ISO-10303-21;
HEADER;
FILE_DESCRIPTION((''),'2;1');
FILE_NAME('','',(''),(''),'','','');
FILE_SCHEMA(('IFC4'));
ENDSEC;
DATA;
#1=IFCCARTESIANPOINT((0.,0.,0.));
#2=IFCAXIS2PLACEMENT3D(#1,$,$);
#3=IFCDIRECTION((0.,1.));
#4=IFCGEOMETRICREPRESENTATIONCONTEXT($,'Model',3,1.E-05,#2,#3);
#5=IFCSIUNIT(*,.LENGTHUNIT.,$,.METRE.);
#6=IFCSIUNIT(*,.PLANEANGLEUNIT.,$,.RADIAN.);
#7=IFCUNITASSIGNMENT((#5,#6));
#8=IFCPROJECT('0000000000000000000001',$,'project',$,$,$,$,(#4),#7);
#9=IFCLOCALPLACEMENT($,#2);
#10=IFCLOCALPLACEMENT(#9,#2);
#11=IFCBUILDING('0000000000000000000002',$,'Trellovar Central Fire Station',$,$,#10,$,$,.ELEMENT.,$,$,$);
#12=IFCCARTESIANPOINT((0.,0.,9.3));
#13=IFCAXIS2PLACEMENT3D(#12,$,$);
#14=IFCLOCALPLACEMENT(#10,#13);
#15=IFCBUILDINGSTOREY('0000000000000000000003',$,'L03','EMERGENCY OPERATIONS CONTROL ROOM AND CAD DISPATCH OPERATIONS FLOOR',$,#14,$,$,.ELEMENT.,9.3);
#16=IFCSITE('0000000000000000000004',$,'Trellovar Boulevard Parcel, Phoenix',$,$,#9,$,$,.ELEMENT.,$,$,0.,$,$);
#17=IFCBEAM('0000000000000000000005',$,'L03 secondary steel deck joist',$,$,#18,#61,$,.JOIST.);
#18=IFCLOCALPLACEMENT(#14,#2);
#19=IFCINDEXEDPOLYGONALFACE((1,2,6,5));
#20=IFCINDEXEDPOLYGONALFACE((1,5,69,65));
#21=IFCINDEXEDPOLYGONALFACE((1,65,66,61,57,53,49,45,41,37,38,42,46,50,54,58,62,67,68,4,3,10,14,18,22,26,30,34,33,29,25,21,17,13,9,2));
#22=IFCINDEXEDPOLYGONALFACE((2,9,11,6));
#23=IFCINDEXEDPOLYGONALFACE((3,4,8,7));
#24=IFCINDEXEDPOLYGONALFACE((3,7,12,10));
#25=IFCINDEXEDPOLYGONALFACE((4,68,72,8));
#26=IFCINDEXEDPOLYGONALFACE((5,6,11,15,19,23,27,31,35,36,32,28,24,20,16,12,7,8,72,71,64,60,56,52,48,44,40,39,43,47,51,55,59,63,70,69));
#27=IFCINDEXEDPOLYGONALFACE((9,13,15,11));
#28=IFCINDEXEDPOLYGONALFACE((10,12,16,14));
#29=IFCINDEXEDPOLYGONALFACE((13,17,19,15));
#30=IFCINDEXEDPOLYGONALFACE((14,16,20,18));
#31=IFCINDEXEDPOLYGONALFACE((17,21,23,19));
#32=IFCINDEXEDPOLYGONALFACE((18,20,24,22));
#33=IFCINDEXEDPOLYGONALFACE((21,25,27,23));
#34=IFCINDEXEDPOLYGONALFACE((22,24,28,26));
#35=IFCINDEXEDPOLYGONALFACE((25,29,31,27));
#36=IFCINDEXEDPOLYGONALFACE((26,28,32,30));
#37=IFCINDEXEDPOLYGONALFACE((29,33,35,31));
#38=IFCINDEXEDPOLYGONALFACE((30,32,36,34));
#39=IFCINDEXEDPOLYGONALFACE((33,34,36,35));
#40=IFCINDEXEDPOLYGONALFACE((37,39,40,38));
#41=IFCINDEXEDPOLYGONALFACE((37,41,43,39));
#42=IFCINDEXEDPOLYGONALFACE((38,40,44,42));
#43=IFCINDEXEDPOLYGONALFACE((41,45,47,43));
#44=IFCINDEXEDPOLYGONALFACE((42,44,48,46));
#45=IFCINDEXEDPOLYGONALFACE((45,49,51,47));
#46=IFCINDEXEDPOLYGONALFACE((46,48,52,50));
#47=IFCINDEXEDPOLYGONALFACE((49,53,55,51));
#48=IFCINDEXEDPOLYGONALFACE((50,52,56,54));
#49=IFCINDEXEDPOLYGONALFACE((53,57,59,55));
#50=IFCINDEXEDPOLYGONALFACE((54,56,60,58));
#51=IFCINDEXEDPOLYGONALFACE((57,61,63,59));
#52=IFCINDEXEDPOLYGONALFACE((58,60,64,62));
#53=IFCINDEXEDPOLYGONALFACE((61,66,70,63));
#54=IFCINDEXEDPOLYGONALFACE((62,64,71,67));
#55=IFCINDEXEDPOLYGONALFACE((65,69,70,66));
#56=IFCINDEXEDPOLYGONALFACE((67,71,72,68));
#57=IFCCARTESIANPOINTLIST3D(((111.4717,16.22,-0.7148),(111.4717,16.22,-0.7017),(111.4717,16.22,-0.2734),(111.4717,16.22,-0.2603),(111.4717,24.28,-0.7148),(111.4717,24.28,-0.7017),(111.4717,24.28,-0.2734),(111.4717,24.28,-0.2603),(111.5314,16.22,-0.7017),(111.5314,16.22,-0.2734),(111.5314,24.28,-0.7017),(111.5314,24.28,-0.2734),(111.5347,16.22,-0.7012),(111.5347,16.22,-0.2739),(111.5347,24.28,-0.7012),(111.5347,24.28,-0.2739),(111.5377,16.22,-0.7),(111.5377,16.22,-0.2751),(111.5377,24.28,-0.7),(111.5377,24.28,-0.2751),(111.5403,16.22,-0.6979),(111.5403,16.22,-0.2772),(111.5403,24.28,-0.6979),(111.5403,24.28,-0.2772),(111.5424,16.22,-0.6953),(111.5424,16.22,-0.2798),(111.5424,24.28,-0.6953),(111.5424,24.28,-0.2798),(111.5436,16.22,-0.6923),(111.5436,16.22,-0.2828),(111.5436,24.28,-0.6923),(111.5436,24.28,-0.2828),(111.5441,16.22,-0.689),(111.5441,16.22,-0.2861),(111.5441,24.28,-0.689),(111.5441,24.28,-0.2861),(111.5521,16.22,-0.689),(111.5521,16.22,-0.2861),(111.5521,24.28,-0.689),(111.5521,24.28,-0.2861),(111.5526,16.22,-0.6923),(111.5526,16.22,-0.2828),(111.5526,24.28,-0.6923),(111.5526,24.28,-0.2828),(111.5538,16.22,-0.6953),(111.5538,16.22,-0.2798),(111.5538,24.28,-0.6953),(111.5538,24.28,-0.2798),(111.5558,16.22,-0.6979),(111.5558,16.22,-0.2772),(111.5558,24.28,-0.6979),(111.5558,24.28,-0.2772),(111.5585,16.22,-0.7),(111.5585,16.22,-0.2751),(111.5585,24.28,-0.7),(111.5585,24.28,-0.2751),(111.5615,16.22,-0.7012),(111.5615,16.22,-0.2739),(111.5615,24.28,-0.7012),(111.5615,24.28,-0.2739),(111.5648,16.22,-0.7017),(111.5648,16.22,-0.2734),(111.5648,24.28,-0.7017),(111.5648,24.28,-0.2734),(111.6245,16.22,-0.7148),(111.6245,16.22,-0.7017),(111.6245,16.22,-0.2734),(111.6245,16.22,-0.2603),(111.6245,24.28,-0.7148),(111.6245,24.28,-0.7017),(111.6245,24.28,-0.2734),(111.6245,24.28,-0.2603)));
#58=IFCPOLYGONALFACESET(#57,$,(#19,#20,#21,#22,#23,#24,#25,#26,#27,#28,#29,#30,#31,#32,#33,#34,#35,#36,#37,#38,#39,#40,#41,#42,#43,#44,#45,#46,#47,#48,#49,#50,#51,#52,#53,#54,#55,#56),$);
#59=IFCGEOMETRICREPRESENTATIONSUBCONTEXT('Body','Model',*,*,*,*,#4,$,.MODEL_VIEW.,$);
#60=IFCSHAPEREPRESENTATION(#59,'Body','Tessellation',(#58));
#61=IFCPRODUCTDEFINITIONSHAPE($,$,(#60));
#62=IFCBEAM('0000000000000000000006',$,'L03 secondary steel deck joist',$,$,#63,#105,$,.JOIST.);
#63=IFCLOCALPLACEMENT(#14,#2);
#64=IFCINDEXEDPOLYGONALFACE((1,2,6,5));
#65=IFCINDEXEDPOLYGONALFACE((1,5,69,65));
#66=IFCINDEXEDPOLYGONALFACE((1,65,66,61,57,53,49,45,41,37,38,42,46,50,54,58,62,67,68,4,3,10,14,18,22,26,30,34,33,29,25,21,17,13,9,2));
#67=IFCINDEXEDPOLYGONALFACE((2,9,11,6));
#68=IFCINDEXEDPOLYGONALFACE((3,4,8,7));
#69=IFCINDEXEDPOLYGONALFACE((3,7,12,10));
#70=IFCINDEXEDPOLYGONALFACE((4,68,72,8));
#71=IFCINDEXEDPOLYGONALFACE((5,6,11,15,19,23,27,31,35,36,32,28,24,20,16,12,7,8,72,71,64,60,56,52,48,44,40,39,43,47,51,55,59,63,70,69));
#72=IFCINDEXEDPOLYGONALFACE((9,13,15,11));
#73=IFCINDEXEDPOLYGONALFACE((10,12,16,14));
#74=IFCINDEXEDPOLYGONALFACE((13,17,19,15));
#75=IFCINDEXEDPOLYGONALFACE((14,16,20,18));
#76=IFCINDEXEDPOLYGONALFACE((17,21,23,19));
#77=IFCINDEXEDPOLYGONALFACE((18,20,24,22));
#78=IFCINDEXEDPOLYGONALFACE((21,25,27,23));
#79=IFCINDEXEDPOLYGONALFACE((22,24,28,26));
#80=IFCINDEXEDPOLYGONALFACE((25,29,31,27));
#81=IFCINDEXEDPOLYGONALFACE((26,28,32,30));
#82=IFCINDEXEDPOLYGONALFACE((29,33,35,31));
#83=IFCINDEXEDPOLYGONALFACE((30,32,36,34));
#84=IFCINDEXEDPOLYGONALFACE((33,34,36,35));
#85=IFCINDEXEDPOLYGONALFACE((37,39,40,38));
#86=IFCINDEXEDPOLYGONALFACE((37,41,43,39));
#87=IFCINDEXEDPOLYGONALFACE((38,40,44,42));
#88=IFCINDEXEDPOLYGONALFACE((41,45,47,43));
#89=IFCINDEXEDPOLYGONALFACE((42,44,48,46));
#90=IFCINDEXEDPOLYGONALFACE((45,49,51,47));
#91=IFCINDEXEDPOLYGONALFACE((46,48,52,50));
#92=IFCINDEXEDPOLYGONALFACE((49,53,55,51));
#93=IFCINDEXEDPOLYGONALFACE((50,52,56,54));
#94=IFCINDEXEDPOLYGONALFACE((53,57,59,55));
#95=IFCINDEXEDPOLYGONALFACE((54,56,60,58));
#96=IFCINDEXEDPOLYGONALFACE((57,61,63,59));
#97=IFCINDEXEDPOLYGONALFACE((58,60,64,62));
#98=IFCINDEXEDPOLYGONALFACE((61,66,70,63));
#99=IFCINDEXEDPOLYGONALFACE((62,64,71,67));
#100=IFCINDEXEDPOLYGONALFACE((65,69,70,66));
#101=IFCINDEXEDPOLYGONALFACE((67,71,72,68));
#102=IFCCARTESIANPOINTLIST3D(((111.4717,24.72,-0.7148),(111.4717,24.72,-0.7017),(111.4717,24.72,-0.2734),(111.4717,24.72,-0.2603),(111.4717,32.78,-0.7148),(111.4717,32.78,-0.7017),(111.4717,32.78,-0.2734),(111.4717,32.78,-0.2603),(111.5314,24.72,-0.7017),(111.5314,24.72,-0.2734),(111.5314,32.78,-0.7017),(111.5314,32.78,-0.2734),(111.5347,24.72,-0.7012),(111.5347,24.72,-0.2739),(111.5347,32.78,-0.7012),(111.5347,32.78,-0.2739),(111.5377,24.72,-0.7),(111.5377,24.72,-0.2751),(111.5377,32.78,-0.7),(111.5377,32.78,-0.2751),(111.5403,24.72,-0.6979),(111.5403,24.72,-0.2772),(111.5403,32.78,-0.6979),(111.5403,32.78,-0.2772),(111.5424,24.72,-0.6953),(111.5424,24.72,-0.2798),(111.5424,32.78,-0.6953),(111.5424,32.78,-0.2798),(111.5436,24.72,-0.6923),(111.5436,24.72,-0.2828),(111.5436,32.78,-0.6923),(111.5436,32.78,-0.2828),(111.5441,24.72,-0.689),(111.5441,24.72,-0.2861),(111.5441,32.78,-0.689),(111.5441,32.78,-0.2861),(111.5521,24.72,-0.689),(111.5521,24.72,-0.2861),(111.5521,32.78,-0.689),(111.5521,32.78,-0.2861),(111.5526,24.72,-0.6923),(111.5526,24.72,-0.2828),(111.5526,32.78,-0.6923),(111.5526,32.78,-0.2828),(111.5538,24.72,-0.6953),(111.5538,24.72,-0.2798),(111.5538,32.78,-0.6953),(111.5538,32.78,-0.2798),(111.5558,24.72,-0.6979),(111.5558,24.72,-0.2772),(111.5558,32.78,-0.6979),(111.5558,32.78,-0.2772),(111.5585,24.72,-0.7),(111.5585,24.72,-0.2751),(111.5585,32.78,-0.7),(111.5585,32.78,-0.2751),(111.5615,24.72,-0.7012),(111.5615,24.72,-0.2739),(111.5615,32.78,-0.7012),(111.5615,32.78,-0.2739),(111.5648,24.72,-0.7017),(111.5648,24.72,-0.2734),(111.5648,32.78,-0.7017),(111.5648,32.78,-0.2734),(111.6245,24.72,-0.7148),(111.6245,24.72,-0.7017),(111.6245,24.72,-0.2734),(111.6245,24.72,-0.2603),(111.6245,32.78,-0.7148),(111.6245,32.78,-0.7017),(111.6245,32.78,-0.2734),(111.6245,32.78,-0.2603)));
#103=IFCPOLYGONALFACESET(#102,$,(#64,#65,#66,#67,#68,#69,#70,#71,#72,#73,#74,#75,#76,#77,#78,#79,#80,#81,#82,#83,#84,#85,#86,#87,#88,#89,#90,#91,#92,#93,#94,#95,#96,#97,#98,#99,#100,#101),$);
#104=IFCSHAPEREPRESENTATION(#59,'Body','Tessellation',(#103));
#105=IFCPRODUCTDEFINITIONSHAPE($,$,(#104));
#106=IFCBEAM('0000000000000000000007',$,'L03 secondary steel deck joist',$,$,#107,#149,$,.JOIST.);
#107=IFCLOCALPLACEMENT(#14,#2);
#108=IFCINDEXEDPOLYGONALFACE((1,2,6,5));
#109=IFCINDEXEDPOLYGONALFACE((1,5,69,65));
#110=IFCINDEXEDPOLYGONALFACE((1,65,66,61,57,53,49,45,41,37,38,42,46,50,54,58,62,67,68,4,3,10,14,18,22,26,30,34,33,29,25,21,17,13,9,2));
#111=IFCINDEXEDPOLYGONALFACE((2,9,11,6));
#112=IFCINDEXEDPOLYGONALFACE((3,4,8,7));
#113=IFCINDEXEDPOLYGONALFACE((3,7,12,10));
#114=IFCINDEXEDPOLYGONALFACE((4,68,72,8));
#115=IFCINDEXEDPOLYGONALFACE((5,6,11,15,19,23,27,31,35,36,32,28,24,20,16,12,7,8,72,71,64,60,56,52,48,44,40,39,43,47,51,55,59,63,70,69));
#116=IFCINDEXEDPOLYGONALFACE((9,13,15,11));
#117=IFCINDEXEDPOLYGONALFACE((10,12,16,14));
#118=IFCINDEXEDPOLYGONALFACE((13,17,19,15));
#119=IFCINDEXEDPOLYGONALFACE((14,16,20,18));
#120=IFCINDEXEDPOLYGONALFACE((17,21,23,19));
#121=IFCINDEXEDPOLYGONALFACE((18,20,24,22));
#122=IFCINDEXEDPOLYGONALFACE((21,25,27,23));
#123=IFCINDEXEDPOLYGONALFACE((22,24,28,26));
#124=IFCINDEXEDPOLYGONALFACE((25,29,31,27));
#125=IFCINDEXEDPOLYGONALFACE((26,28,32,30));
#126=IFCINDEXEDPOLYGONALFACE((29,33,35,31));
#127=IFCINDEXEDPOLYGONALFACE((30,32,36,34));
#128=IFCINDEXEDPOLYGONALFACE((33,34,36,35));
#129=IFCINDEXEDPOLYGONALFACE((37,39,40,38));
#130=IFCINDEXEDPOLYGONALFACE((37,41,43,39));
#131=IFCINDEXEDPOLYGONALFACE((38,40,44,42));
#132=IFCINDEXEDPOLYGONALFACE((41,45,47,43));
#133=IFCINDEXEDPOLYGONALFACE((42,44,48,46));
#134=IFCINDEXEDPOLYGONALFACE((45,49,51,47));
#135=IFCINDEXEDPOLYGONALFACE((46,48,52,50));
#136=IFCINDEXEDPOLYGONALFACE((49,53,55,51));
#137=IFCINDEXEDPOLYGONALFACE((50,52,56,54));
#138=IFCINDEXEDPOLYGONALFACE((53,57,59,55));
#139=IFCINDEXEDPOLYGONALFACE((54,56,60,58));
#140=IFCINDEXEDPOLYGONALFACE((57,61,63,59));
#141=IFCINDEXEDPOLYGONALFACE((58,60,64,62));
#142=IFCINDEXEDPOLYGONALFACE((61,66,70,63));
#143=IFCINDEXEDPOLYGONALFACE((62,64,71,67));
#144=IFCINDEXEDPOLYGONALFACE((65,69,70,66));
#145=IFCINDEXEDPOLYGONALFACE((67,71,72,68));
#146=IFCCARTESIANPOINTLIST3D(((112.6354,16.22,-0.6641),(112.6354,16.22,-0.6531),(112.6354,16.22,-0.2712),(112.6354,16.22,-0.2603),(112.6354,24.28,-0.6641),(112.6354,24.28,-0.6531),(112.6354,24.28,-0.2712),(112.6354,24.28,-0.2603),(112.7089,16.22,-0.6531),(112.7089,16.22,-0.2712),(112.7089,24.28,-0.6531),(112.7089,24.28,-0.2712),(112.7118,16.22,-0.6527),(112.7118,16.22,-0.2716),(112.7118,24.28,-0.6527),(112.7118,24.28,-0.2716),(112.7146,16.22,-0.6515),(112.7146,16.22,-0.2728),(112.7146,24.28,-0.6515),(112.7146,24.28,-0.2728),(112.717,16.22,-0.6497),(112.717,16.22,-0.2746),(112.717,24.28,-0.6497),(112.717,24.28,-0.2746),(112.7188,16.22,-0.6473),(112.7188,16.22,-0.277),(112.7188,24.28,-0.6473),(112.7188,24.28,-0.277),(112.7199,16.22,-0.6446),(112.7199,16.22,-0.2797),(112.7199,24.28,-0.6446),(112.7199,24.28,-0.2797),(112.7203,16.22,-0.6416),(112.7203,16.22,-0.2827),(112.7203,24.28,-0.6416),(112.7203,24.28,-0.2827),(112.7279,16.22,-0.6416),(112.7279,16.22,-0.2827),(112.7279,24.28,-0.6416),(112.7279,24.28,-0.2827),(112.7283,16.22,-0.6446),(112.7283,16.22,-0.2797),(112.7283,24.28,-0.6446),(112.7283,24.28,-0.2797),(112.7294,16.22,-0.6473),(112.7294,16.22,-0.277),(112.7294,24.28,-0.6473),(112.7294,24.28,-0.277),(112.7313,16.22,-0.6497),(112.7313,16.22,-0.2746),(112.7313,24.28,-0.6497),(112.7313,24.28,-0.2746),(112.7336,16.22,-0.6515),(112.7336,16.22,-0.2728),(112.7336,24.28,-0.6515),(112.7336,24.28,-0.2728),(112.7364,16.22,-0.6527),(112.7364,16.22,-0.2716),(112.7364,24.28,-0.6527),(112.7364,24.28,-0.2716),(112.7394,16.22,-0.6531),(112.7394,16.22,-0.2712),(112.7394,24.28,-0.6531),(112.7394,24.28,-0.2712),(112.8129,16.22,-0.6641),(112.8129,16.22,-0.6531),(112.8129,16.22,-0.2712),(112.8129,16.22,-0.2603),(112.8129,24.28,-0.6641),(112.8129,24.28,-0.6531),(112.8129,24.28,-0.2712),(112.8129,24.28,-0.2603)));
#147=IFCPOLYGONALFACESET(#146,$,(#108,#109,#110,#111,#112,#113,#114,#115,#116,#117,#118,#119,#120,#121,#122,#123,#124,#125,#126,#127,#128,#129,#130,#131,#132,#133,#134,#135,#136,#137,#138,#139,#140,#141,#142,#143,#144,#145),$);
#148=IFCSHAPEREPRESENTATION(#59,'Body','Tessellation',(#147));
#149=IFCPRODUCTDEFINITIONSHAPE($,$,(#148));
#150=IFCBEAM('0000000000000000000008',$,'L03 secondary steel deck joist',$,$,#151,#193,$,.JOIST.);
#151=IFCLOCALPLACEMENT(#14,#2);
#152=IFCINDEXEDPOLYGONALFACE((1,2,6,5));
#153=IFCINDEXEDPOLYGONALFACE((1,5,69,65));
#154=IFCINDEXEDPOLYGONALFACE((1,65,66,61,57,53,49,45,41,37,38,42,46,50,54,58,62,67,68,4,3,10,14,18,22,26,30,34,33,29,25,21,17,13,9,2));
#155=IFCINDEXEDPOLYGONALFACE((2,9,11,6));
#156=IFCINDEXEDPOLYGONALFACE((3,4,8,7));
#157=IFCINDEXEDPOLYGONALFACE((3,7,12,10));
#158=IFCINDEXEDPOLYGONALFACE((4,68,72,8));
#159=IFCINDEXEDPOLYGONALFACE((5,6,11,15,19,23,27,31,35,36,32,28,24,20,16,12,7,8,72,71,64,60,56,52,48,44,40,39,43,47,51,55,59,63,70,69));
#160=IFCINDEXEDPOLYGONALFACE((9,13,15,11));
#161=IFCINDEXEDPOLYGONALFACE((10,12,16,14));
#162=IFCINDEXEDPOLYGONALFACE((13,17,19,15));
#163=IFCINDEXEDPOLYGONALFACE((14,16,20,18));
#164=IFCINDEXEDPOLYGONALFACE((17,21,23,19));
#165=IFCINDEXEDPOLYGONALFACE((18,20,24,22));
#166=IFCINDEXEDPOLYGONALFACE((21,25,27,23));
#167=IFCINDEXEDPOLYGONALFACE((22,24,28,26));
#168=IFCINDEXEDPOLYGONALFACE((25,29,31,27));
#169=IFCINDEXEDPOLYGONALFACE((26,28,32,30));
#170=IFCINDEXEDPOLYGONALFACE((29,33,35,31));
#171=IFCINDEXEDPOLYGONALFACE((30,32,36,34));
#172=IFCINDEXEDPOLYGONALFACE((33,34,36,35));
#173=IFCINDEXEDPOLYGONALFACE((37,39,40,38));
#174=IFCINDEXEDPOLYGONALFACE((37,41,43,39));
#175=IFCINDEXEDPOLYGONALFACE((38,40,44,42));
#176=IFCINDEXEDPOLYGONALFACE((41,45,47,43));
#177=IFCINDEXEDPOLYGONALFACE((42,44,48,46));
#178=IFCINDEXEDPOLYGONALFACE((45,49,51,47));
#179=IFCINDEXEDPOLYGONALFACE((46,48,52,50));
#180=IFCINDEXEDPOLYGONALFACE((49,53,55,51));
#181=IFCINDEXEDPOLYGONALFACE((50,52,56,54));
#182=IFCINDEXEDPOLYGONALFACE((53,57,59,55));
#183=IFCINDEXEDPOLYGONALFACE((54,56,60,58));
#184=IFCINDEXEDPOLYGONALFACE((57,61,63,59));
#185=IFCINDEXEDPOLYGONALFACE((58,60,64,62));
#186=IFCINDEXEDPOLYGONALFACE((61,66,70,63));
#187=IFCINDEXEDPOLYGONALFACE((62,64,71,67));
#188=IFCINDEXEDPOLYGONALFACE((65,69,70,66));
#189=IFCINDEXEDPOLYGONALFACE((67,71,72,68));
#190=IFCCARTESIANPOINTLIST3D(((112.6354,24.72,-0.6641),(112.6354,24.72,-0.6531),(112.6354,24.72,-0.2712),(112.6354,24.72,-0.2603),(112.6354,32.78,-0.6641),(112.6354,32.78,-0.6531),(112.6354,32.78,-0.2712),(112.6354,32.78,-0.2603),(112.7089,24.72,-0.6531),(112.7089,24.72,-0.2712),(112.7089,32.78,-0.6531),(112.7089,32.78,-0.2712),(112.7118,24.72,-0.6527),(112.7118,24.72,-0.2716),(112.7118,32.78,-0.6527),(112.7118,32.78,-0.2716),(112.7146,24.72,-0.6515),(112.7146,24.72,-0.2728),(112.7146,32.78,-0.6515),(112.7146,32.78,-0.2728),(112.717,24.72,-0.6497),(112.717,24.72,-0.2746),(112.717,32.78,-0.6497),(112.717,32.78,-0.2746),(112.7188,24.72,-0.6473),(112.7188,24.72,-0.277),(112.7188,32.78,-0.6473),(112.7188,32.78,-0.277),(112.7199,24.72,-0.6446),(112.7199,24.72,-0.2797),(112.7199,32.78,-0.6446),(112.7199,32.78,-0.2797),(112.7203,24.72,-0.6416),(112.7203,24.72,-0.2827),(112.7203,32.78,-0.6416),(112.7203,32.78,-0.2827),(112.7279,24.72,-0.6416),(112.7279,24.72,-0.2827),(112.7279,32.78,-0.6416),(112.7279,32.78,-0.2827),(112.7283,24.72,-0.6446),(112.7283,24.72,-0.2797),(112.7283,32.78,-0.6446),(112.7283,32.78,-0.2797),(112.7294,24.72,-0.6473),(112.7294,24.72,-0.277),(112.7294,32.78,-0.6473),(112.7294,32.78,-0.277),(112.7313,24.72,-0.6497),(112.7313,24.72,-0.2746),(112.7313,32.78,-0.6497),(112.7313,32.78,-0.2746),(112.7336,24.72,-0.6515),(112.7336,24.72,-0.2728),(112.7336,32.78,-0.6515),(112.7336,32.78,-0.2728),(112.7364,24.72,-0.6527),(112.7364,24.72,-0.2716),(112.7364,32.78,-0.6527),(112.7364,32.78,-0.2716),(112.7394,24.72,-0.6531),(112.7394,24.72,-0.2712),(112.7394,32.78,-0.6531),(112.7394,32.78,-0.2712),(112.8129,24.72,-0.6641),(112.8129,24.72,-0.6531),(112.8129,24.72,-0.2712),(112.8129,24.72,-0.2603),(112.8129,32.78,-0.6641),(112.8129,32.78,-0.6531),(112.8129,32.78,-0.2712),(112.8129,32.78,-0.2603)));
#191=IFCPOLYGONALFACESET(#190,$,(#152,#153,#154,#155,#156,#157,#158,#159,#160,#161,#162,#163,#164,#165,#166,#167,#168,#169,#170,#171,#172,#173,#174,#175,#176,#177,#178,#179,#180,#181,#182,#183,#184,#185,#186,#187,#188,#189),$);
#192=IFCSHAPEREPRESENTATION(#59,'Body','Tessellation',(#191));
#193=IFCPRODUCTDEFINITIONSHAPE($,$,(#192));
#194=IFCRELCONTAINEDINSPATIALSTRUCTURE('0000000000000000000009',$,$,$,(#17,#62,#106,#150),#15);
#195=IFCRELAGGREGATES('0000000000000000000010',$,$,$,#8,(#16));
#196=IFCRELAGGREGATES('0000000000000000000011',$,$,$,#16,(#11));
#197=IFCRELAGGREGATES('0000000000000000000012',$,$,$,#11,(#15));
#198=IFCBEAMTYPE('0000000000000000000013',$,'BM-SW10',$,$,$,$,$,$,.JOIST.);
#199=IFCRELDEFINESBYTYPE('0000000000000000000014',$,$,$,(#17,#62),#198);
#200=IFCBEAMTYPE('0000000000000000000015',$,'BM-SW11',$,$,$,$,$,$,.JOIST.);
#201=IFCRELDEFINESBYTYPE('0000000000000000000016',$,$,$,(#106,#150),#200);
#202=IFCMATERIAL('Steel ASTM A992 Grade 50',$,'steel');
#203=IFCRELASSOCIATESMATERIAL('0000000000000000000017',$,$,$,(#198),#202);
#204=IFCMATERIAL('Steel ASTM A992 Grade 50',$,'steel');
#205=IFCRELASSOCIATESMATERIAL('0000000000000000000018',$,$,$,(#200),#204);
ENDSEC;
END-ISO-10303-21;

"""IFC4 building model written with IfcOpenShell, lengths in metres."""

from ifc_helpers import new_model, si_unit, direction, frame, origin, origin_2d, place, context, subcontext, project, spatial, i_section, extrude, material, material_profile, profile_set, type_object, element, save


model = new_model("IFC4")

# Units and contexts
model_context = context("Model", 3, precision=1e-05, world=origin(), true_north=direction((0.0, 1.0)))
body_context = subcontext(model_context, "Body", "Model", "MODEL_VIEW")
ifc_project = project(units=[si_unit("LENGTHUNIT", "METRE"), si_unit("PLANEANGLEUNIT", "RADIAN")], contexts=[model_context])

# Site, building, storey
site_placement = place(None, origin())
site = spatial("IfcSite", under=ifc_project, at=site_placement, Name="Trellovar Boulevard Parcel, Phoenix", CompositionType="ELEMENT", RefElevation=0.0)
building_placement = place(site_placement, origin())
building = spatial("IfcBuilding", under=site, at=building_placement, Name="Trellovar Central Fire Station", CompositionType="ELEMENT")
storey_placement = place(building_placement, frame((0.0, 0.0, 9.3)))
storey = spatial("IfcBuildingStorey", under=building, at=storey_placement, Name="L03", Description="EMERGENCY OPERATIONS CONTROL ROOM AND CAD DISPATCH OPERATIONS FLOOR", CompositionType="ELEMENT", Elevation=9.3)

# Beams
ifc_material_1 = material(Name="Steel ASTM A992 Grade 50", Category="steel")
ifc_material_profile_1 = material_profile(ifc_material_1, i_section(OverallWidth=0.1528, OverallDepth=0.4546, WebThickness=0.0081, FlangeThickness=0.0132, FilletRadius=0.0127, at=origin_2d()), Name="W18X40")
ifc_profile_set_1 = profile_set([ifc_material_profile_1], Name="Steel ASTM A992 Grade 50")
beam_type_1 = type_object("IfcBeamType", Name="BM-SW10", PredefinedType="JOIST", material=ifc_profile_set_1)
for number, where, z_axis, x_axis, name in (
    (1, (111.5481, 16.22, -0.4875), (0.0, 1.0, 0.0), (-1.0, 0.0, 0.0), "L03 secondary steel deck joist"),
    (2, (111.5481, 24.72, -0.4875), (0.0, 1.0, 0.0), (-1.0, 0.0, 0.0), "L03 secondary steel deck joist"),
):
    element("IfcBeam", number, at=place(storey_placement, frame(where, z_axis=z_axis, x_axis=x_axis)), inside=storey, type_object=beam_type_1, Name=name, PredefinedType="JOIST", context=body_context, shape_type="SweptSolid", body=[
        extrude(i_section(OverallWidth=0.1528, OverallDepth=0.4546, WebThickness=0.0081, FlangeThickness=0.0132, FilletRadius=0.0127, at=origin_2d()), origin(), (0.0, 0.0, 1.0), 8.0601),
    ])
ifc_material_2 = material(Name="Steel ASTM A992 Grade 50", Category="steel")
ifc_material_profile_2 = material_profile(ifc_material_2, i_section(OverallWidth=0.1775, OverallDepth=0.4038, WebThickness=0.0076, FlangeThickness=0.011, FilletRadius=0.0115, at=origin_2d()), Name="W16X36")
ifc_profile_set_2 = profile_set([ifc_material_profile_2], Name="Steel ASTM A992 Grade 50")
beam_type_2 = type_object("IfcBeamType", Name="BM-SW11", PredefinedType="JOIST", material=ifc_profile_set_2)
for number, where, z_axis, x_axis, name in (
    (3, (112.7241, 16.22, -0.4622), (0.0, 1.0, 0.0), (-1.0, 0.0, 0.0), "L03 secondary steel deck joist"),
    (4, (112.7241, 24.72, -0.4622), (0.0, 1.0, 0.0), (-1.0, 0.0, 0.0), "L03 secondary steel deck joist"),
):
    element("IfcBeam", number, at=place(storey_placement, frame(where, z_axis=z_axis, x_axis=x_axis)), inside=storey, type_object=beam_type_2, Name=name, PredefinedType="JOIST", context=body_context, shape_type="SweptSolid", body=[
        extrude(i_section(OverallWidth=0.1775, OverallDepth=0.4038, WebThickness=0.0076, FlangeThickness=0.011, FilletRadius=0.0115, at=origin_2d()), origin(), (0.0, 0.0, 1.0), 8.0601),
    ])

save(model, "model.ifc")
